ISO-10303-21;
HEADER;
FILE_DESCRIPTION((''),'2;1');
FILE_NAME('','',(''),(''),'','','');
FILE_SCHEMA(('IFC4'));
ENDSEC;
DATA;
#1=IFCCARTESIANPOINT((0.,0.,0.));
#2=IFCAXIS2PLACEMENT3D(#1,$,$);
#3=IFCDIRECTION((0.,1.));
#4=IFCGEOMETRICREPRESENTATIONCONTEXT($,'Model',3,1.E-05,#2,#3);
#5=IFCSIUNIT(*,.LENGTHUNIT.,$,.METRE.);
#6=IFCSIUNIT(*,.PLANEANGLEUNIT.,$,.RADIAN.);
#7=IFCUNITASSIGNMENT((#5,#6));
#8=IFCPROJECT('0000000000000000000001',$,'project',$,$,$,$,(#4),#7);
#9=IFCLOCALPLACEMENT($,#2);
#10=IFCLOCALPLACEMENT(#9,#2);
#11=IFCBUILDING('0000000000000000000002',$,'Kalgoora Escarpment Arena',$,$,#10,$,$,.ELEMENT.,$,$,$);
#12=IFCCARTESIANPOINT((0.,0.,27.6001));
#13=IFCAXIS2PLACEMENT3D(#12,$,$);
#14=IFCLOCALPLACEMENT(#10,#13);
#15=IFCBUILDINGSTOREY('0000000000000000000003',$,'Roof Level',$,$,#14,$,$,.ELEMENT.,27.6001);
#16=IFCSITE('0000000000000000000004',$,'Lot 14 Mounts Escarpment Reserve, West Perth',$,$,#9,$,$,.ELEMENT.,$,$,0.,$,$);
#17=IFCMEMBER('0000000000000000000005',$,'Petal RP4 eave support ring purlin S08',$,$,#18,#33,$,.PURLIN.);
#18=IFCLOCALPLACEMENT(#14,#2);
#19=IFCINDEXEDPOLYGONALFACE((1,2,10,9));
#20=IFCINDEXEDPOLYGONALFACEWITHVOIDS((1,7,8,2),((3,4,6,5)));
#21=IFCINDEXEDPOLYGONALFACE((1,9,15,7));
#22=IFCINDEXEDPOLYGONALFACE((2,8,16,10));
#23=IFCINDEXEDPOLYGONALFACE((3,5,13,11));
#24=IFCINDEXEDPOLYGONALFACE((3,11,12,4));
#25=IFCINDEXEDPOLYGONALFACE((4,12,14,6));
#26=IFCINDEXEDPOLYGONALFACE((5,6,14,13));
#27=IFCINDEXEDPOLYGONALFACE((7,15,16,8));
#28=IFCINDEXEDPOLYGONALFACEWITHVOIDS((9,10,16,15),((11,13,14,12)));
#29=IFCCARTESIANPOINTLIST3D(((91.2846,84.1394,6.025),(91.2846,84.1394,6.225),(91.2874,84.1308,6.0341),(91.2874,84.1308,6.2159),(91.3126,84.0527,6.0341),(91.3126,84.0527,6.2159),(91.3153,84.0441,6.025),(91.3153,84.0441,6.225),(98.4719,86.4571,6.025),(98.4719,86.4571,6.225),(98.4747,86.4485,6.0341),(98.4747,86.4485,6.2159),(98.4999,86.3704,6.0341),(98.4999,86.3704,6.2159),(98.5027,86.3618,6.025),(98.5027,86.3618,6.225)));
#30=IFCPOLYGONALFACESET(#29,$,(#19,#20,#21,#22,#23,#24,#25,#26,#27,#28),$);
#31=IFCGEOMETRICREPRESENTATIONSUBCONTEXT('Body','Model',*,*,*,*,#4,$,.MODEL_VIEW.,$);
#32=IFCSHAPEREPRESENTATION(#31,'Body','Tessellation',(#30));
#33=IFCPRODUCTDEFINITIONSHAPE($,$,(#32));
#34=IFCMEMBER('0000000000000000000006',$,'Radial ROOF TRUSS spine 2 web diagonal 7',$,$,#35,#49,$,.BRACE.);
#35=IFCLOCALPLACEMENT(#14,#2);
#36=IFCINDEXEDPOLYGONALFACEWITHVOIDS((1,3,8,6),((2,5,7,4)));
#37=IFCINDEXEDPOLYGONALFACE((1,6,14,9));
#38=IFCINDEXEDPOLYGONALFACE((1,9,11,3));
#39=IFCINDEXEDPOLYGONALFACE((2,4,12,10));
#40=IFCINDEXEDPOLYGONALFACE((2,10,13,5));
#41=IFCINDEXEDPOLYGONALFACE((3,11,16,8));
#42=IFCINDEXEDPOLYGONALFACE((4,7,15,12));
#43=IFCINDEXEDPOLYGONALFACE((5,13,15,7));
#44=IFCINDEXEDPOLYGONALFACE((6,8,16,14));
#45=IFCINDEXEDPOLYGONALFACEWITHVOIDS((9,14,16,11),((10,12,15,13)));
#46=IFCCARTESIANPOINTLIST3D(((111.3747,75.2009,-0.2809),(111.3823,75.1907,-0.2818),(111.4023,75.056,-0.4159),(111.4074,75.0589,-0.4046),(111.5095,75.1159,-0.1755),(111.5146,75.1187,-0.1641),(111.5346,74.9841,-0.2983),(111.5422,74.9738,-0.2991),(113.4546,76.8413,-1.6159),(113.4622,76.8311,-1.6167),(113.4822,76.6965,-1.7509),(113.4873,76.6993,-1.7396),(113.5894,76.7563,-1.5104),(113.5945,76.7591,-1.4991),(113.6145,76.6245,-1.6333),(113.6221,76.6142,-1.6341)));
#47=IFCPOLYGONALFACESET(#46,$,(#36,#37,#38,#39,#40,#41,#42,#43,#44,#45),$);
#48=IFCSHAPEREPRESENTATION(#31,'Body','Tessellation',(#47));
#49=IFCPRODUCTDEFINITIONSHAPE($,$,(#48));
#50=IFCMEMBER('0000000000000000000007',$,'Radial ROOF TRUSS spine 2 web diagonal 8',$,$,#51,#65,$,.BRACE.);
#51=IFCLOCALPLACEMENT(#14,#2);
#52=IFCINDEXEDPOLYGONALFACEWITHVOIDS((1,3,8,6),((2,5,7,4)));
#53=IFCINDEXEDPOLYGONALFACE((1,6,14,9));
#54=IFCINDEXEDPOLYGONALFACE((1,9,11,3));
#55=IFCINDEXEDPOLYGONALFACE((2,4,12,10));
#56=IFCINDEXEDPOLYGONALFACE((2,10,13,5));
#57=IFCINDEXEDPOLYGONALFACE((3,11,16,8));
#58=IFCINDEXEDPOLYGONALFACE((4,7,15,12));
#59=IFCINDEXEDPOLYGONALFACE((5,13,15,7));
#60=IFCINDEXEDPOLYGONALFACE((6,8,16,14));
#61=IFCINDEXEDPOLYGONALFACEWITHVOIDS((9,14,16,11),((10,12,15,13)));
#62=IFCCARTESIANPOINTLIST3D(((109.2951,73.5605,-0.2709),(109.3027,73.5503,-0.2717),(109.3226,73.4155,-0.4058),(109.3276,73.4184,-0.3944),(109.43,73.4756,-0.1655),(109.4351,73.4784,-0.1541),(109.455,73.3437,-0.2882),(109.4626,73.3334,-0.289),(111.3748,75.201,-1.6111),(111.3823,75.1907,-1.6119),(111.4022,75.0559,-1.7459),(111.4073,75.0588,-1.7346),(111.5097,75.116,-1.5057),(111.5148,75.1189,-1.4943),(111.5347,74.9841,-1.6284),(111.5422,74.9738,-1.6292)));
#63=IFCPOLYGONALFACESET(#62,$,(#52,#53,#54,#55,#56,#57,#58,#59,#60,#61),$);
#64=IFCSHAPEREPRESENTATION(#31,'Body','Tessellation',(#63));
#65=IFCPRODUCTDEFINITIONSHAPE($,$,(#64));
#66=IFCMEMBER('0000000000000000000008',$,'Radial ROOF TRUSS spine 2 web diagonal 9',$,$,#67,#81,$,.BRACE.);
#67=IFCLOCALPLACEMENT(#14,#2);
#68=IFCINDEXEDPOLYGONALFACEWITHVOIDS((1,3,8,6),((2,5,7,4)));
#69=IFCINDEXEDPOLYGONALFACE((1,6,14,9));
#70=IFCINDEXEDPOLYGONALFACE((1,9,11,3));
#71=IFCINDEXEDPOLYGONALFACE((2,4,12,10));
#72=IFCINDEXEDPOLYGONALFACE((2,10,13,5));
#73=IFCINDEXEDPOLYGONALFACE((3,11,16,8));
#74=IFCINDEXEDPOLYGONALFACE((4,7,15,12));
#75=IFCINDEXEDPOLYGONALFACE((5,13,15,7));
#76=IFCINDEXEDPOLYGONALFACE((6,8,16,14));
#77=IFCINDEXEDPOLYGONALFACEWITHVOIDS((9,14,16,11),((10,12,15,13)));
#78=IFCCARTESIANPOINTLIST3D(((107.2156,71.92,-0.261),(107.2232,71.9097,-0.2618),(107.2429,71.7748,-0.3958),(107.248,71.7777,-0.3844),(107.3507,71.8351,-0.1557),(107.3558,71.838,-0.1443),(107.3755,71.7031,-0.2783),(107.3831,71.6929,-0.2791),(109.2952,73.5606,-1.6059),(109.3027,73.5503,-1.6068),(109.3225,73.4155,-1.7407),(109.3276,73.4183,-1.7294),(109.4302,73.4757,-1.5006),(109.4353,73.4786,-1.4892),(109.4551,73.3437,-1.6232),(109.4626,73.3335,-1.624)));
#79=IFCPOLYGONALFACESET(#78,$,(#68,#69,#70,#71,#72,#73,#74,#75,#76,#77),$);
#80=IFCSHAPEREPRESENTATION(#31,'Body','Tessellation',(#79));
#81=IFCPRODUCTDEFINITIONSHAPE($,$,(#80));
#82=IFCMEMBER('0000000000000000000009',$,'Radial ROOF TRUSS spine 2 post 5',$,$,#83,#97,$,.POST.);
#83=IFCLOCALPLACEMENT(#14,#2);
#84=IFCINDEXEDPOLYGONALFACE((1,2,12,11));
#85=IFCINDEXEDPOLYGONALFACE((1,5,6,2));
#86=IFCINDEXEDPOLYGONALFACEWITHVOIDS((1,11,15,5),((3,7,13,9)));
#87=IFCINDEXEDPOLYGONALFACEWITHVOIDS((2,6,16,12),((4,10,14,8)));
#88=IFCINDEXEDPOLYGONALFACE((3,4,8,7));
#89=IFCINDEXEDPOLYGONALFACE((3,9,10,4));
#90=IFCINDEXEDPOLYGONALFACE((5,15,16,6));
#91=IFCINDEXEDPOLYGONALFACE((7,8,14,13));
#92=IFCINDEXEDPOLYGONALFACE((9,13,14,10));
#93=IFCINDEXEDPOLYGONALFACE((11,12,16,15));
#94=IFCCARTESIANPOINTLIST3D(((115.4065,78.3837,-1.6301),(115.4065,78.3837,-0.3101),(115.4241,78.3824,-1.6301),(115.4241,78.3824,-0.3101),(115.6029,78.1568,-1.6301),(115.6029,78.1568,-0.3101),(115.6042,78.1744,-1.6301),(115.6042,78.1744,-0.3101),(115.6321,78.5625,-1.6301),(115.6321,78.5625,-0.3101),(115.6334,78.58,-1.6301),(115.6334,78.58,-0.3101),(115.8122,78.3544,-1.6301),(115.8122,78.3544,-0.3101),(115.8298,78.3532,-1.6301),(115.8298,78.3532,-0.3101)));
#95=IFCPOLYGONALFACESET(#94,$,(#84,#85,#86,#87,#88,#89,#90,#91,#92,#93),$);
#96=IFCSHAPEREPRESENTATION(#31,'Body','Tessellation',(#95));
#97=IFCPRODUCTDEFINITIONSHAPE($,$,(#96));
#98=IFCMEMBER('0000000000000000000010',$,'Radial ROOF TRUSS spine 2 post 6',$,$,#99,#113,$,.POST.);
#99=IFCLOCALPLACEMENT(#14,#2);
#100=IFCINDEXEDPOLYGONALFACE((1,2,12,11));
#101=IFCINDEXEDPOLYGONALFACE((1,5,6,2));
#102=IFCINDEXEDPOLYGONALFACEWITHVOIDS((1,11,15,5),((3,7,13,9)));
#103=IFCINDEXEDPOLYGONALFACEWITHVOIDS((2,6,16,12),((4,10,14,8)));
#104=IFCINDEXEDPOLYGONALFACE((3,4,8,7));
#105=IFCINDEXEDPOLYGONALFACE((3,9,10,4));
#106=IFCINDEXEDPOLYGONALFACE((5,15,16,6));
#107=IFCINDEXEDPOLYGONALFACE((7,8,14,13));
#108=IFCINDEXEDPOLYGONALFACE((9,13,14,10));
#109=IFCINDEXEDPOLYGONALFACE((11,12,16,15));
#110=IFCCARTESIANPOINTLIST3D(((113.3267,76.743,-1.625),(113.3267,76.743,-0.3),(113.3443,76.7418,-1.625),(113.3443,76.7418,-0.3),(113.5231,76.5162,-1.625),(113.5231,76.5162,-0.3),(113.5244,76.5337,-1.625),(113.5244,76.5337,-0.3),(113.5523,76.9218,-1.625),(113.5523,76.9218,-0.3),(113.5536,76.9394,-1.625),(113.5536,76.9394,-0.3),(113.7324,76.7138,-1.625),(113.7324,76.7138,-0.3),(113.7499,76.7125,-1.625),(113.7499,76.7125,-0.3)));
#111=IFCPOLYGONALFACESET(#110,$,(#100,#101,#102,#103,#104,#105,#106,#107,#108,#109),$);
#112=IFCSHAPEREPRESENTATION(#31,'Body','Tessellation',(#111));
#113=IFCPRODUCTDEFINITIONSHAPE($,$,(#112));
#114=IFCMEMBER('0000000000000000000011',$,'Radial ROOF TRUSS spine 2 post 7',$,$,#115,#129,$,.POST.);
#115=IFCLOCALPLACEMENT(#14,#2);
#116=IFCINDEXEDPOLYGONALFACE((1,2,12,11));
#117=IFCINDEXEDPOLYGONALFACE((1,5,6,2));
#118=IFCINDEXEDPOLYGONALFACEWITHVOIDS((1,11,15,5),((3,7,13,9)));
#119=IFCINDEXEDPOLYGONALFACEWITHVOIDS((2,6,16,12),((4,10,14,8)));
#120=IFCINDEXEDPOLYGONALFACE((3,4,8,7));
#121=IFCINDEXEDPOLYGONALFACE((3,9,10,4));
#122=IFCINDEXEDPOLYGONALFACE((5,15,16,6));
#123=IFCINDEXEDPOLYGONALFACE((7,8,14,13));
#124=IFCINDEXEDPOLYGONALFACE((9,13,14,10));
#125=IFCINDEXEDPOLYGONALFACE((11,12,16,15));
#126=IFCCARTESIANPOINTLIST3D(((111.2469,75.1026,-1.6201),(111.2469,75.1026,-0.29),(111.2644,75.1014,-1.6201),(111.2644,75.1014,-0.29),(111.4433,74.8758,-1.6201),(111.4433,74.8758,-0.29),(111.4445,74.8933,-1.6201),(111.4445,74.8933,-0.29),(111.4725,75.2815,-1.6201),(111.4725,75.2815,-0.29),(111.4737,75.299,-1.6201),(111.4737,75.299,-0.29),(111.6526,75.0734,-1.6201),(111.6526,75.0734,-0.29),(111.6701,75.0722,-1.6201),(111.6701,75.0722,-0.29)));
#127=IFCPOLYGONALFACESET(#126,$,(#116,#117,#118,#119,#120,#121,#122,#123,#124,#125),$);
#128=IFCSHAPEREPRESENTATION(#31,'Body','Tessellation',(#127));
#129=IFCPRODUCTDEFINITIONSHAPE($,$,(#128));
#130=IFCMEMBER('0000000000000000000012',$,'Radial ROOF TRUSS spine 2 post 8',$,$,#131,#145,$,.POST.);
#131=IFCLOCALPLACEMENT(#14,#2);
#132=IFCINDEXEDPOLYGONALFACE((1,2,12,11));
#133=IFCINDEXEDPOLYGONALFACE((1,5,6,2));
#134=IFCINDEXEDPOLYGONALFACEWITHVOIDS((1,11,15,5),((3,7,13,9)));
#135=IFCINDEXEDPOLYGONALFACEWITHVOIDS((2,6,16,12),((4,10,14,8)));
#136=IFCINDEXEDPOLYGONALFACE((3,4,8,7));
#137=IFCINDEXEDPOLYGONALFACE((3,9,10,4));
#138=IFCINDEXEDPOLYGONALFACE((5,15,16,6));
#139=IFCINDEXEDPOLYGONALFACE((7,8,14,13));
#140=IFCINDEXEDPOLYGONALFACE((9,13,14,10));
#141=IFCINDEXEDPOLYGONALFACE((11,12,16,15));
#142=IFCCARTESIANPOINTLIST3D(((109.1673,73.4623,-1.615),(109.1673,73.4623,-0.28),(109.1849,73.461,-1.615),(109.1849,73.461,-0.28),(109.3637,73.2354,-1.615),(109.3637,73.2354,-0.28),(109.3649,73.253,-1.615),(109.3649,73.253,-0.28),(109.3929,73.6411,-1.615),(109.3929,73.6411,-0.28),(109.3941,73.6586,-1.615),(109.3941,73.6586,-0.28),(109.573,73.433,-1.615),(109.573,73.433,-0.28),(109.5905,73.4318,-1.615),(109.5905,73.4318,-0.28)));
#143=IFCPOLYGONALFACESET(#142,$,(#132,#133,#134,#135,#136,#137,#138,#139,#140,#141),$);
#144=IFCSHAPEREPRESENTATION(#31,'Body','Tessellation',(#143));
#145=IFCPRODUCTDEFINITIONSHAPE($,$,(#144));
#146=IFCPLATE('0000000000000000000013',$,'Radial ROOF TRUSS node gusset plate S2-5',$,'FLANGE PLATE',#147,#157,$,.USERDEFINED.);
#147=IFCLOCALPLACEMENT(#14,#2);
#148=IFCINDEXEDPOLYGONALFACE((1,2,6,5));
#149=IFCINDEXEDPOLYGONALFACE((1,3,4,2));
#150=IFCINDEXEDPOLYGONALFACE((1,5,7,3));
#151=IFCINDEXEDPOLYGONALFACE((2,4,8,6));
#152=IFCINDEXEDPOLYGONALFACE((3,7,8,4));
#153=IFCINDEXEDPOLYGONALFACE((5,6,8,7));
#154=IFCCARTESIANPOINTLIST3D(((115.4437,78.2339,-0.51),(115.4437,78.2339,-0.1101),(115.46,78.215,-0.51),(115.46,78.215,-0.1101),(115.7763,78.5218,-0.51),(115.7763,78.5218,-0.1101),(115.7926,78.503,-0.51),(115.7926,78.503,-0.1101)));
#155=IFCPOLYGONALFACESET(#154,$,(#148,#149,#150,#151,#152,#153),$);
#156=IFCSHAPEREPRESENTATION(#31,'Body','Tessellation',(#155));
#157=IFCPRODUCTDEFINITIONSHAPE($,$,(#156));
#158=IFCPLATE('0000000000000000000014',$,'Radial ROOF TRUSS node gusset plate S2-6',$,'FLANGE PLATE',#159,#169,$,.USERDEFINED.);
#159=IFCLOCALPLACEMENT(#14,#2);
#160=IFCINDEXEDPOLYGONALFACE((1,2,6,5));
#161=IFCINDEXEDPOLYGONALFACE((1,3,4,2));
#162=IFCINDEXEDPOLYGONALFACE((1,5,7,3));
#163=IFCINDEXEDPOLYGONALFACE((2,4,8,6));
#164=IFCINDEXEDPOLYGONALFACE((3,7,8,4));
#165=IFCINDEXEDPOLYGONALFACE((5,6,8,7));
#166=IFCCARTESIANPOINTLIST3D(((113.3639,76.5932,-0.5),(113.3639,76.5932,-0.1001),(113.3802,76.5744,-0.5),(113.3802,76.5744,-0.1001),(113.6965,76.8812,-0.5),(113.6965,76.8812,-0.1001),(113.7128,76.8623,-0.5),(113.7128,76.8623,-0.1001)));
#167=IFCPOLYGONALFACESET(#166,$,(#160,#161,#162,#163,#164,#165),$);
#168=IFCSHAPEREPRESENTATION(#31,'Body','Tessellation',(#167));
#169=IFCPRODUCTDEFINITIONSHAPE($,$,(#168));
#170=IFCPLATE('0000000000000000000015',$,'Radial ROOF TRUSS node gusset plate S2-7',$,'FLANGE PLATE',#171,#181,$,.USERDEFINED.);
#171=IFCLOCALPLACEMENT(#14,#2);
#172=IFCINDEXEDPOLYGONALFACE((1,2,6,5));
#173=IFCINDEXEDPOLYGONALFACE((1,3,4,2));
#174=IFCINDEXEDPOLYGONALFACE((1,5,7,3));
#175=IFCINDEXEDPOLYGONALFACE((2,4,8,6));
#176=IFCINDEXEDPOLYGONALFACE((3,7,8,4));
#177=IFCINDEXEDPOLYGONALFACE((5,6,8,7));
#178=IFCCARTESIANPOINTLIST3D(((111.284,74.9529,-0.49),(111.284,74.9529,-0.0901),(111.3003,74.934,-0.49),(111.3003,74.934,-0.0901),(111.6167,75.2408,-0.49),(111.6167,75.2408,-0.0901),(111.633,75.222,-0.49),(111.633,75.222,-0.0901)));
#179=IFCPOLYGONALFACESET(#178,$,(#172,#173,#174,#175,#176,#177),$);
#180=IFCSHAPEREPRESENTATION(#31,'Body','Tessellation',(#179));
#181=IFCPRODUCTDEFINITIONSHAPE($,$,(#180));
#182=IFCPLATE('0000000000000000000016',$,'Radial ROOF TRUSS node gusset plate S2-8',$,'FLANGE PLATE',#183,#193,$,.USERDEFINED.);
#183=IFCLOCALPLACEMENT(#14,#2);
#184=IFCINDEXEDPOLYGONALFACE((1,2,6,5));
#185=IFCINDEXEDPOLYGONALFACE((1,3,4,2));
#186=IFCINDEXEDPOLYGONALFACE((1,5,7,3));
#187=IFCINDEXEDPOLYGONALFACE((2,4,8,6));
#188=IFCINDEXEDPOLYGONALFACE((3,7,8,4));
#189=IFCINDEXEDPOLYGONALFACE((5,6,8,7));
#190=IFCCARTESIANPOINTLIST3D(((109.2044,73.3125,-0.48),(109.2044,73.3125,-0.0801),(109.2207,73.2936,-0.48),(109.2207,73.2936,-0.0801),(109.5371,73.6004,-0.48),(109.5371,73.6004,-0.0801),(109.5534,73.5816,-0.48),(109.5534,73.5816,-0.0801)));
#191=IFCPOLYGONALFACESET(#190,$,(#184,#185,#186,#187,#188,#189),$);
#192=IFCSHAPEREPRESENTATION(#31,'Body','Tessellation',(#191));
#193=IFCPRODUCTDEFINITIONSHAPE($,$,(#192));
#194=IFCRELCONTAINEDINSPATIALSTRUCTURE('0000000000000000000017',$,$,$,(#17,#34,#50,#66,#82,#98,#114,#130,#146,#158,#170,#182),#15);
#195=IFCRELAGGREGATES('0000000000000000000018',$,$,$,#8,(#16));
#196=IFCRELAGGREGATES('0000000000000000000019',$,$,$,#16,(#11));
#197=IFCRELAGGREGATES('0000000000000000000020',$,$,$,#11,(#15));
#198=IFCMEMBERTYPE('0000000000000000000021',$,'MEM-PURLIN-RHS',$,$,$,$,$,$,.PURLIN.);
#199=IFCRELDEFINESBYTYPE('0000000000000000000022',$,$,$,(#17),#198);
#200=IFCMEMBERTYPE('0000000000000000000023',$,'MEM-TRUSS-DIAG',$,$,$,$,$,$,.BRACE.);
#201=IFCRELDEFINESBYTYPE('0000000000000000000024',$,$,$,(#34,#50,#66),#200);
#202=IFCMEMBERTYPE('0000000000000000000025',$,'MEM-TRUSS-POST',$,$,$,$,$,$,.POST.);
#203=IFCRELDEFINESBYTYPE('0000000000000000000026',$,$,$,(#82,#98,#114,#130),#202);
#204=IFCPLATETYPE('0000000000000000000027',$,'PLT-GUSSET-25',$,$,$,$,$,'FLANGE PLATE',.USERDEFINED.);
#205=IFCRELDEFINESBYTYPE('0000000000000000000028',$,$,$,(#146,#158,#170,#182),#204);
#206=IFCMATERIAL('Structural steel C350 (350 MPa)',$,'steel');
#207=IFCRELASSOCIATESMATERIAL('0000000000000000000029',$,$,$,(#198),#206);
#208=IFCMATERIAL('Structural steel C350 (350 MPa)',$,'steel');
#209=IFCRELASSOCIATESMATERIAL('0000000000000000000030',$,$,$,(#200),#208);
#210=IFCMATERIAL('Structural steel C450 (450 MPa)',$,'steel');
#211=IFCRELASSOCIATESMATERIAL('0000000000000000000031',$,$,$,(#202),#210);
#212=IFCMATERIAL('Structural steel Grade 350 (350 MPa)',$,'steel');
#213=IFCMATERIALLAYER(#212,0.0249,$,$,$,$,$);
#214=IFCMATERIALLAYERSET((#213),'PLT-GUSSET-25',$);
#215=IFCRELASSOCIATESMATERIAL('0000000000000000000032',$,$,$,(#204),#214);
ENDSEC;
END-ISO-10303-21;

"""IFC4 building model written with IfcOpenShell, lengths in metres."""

from ifc_helpers import new_model, si_unit, direction, frame, origin, origin_2d, place, context, subcontext, project, spatial, rectangle, hollow_rectangle, extrude, material, layer, layer_set, material_profile, profile_set, type_object, element, save


model = new_model("IFC4")

# Units and contexts
model_context = context("Model", 3, precision=1e-05, world=origin(), true_north=direction((0.0, 1.0)))
body_context = subcontext(model_context, "Body", "Model", "MODEL_VIEW")
ifc_project = project(units=[si_unit("LENGTHUNIT", "METRE"), si_unit("PLANEANGLEUNIT", "RADIAN")], contexts=[model_context])

# Site, building, storey
site_placement = place(None, origin())
site = spatial("IfcSite", under=ifc_project, at=site_placement, Name="Lot 14 Mounts Escarpment Reserve, West Perth", CompositionType="ELEMENT", RefElevation=0.0)
building_placement = place(site_placement, origin())
building = spatial("IfcBuilding", under=site, at=building_placement, Name="Kalgoora Escarpment Arena", CompositionType="ELEMENT")
storey_placement = place(building_placement, frame((0.0, 0.0, 27.6001)))
storey = spatial("IfcBuildingStorey", under=building, at=storey_placement, Name="Roof Level", CompositionType="ELEMENT", Elevation=27.6001)

# Members
ifc_material_1 = material(Name="Structural steel C350 (350 MPa)", Category="steel")
ifc_material_profile_1 = material_profile(ifc_material_1, hollow_rectangle(XDim=0.1001, YDim=0.2, WallThickness=0.009, at=origin_2d()))
ifc_profile_set_1 = profile_set([ifc_material_profile_1], Name="Structural steel C350 (350 MPa)")
member_type_1 = type_object("IfcMemberType", Name="MEM-PURLIN-RHS", PredefinedType="PURLIN", material=ifc_profile_set_1)
member_1_placement = place(storey_placement, frame((98.4873, 86.4094, 6.125), z_axis=(-0.951741, -0.306902, 0.0), x_axis=(0.306902, -0.951741, 0.0)))
element("IfcMember", 1, at=member_1_placement, inside=storey, type_object=member_type_1, Name="Petal RP4 eave support ring purlin S08", PredefinedType="PURLIN", context=body_context, shape_type="SweptSolid", body=[
    extrude(hollow_rectangle(XDim=0.1001, YDim=0.2, WallThickness=0.009, at=origin_2d()), origin(), (0.0, 0.0, 1.0), 7.5518),
])
ifc_material_2 = material(Name="Structural steel C350 (350 MPa)", Category="steel")
ifc_material_profile_2 = material_profile(ifc_material_2, hollow_rectangle(XDim=0.2, YDim=0.2, WallThickness=0.009, at=origin_2d()))
ifc_profile_set_2 = profile_set([ifc_material_profile_2], Name="Structural steel C350 (350 MPa)")
member_type_2 = type_object("IfcMemberType", Name="MEM-TRUSS-DIAG", PredefinedType="BRACE", material=ifc_profile_set_2)
member_2_placement = place(storey_placement, frame((113.5383, 76.7278, -1.625), z_axis=(-0.701165, -0.553014, 0.450049), x_axis=(-0.699492, 0.411252, -0.58445)))
element("IfcMember", 2, at=member_2_placement, inside=storey, type_object=member_type_2, Name="Radial ROOF TRUSS spine 2 web diagonal 7", PredefinedType="BRACE", context=body_context, shape_type="SweptSolid", body=[
    extrude(hollow_rectangle(XDim=0.2, YDim=0.2, WallThickness=0.009, at=origin_2d()), origin(), (0.0, 0.0, 1.0), 2.9663),
])
member_3_placement = place(storey_placement, frame((111.4585, 75.0874, -1.6201), z_axis=(-0.700577, -0.552615, 0.451452), x_axis=(-0.700237, 0.410643, -0.583987)))
element("IfcMember", 3, at=member_3_placement, inside=storey, type_object=member_type_2, Name="Radial ROOF TRUSS spine 2 web diagonal 8", PredefinedType="BRACE", context=body_context, shape_type="SweptSolid", body=[
    extrude(hollow_rectangle(XDim=0.2, YDim=0.2, WallThickness=0.009, at=origin_2d()), origin(), (0.0, 0.0, 1.0), 2.9685),
])
member_4_placement = place(storey_placement, frame((109.3789, 73.447, -1.615), z_axis=(-0.700024, -0.552262, 0.452739), x_axis=(-0.700928, 0.410071, -0.58356)))
element("IfcMember", 4, at=member_4_placement, inside=storey, type_object=member_type_2, Name="Radial ROOF TRUSS spine 2 web diagonal 9", PredefinedType="BRACE", context=body_context, shape_type="SweptSolid", body=[
    extrude(hollow_rectangle(XDim=0.2, YDim=0.2, WallThickness=0.009, at=origin_2d()), origin(), (0.0, 0.0, 1.0), 2.9707),
])
ifc_material_3 = material(Name="Structural steel C450 (450 MPa)", Category="steel")
ifc_material_profile_3 = material_profile(ifc_material_3, hollow_rectangle(XDim=0.3, YDim=0.3, WallThickness=0.0125, at=origin_2d()))
ifc_profile_set_3 = profile_set([ifc_material_profile_3], Name="Structural steel C450 (450 MPa)")
member_type_3 = type_object("IfcMemberType", Name="MEM-TRUSS-POST", PredefinedType="POST", material=ifc_profile_set_3)
member_5_placement = place(storey_placement, frame((115.6182, 78.3684, -1.6301), z_axis=(0.0, 0.0, 1.0), x_axis=(-0.756082, -0.654477, 0.0)))
element("IfcMember", 5, at=member_5_placement, inside=storey, type_object=member_type_3, Name="Radial ROOF TRUSS spine 2 post 5", PredefinedType="POST", context=body_context, shape_type="SweptSolid", body=[
    extrude(hollow_rectangle(XDim=0.3, YDim=0.3, WallThickness=0.0125, at=origin_2d()), origin(), (0.0, 0.0, 1.0), 1.3201),
])
member_6_placement = place(storey_placement, frame((113.5383, 76.7278, -1.625), z_axis=(0.0, 0.0, 1.0), x_axis=(-0.756082, -0.654477, 0.0)))
element("IfcMember", 6, at=member_6_placement, inside=storey, type_object=member_type_3, Name="Radial ROOF TRUSS spine 2 post 6", PredefinedType="POST", context=body_context, shape_type="SweptSolid", body=[
    extrude(hollow_rectangle(XDim=0.3, YDim=0.3, WallThickness=0.0125, at=origin_2d()), origin(), (0.0, 0.0, 1.0), 1.325),
])
member_7_placement = place(storey_placement, frame((111.4585, 75.0874, -1.6201), z_axis=(0.0, 0.0, 1.0), x_axis=(-0.756082, -0.654477, 0.0)))
element("IfcMember", 7, at=member_7_placement, inside=storey, type_object=member_type_3, Name="Radial ROOF TRUSS spine 2 post 7", PredefinedType="POST", context=body_context, shape_type="SweptSolid", body=[
    extrude(hollow_rectangle(XDim=0.3, YDim=0.3, WallThickness=0.0125, at=origin_2d()), origin(), (0.0, 0.0, 1.0), 1.3301),
])
member_8_placement = place(storey_placement, frame((109.3789, 73.447, -1.615), z_axis=(0.0, 0.0, 1.0), x_axis=(-0.756082, -0.654477, 0.0)))
element("IfcMember", 8, at=member_8_placement, inside=storey, type_object=member_type_3, Name="Radial ROOF TRUSS spine 2 post 8", PredefinedType="POST", context=body_context, shape_type="SweptSolid", body=[
    extrude(hollow_rectangle(XDim=0.3, YDim=0.3, WallThickness=0.0125, at=origin_2d()), origin(), (0.0, 0.0, 1.0), 1.335),
])

# Plates
ifc_material_4 = material(Name="Structural steel Grade 350 (350 MPa)", Category="steel")
ifc_layer_1 = layer(ifc_material_4, 0.0249)
ifc_layer_set_1 = layer_set([ifc_layer_1], Name="PLT-GUSSET-25")
plate_type = type_object("IfcPlateType", Name="PLT-GUSSET-25", ElementType="FLANGE PLATE", PredefinedType="USERDEFINED", material=ifc_layer_set_1)
for number, where, z_axis, x_axis, name in (
    (9, (115.6182, 78.3684, -0.51), (0.0, 0.0, 1.0), (-0.756082, -0.654477, 0.0), "Radial ROOF TRUSS node gusset plate S2-5"),
    (10, (113.5383, 76.7278, -0.5), (0.0, 0.0, 1.0), (-0.756082, -0.654477, 0.0), "Radial ROOF TRUSS node gusset plate S2-6"),
    (11, (111.4585, 75.0874, -0.49), (0.0, 0.0, 1.0), (-0.756082, -0.654477, 0.0), "Radial ROOF TRUSS node gusset plate S2-7"),
    (12, (109.3789, 73.447, -0.48), (0.0, 0.0, 1.0), (-0.756082, -0.654477, 0.0), "Radial ROOF TRUSS node gusset plate S2-8"),
):
    element("IfcPlate", number, at=place(storey_placement, frame(where, z_axis=z_axis, x_axis=x_axis)), inside=storey, type_object=plate_type, Name=name, ObjectType="FLANGE PLATE", PredefinedType="USERDEFINED", context=body_context, shape_type="SweptSolid", body=[
        extrude(rectangle(XDim=0.4399, YDim=0.0249, at=origin_2d()), origin(), (0.0, 0.0, 1.0), 0.3999),
    ])

save(model, "model.ifc")
